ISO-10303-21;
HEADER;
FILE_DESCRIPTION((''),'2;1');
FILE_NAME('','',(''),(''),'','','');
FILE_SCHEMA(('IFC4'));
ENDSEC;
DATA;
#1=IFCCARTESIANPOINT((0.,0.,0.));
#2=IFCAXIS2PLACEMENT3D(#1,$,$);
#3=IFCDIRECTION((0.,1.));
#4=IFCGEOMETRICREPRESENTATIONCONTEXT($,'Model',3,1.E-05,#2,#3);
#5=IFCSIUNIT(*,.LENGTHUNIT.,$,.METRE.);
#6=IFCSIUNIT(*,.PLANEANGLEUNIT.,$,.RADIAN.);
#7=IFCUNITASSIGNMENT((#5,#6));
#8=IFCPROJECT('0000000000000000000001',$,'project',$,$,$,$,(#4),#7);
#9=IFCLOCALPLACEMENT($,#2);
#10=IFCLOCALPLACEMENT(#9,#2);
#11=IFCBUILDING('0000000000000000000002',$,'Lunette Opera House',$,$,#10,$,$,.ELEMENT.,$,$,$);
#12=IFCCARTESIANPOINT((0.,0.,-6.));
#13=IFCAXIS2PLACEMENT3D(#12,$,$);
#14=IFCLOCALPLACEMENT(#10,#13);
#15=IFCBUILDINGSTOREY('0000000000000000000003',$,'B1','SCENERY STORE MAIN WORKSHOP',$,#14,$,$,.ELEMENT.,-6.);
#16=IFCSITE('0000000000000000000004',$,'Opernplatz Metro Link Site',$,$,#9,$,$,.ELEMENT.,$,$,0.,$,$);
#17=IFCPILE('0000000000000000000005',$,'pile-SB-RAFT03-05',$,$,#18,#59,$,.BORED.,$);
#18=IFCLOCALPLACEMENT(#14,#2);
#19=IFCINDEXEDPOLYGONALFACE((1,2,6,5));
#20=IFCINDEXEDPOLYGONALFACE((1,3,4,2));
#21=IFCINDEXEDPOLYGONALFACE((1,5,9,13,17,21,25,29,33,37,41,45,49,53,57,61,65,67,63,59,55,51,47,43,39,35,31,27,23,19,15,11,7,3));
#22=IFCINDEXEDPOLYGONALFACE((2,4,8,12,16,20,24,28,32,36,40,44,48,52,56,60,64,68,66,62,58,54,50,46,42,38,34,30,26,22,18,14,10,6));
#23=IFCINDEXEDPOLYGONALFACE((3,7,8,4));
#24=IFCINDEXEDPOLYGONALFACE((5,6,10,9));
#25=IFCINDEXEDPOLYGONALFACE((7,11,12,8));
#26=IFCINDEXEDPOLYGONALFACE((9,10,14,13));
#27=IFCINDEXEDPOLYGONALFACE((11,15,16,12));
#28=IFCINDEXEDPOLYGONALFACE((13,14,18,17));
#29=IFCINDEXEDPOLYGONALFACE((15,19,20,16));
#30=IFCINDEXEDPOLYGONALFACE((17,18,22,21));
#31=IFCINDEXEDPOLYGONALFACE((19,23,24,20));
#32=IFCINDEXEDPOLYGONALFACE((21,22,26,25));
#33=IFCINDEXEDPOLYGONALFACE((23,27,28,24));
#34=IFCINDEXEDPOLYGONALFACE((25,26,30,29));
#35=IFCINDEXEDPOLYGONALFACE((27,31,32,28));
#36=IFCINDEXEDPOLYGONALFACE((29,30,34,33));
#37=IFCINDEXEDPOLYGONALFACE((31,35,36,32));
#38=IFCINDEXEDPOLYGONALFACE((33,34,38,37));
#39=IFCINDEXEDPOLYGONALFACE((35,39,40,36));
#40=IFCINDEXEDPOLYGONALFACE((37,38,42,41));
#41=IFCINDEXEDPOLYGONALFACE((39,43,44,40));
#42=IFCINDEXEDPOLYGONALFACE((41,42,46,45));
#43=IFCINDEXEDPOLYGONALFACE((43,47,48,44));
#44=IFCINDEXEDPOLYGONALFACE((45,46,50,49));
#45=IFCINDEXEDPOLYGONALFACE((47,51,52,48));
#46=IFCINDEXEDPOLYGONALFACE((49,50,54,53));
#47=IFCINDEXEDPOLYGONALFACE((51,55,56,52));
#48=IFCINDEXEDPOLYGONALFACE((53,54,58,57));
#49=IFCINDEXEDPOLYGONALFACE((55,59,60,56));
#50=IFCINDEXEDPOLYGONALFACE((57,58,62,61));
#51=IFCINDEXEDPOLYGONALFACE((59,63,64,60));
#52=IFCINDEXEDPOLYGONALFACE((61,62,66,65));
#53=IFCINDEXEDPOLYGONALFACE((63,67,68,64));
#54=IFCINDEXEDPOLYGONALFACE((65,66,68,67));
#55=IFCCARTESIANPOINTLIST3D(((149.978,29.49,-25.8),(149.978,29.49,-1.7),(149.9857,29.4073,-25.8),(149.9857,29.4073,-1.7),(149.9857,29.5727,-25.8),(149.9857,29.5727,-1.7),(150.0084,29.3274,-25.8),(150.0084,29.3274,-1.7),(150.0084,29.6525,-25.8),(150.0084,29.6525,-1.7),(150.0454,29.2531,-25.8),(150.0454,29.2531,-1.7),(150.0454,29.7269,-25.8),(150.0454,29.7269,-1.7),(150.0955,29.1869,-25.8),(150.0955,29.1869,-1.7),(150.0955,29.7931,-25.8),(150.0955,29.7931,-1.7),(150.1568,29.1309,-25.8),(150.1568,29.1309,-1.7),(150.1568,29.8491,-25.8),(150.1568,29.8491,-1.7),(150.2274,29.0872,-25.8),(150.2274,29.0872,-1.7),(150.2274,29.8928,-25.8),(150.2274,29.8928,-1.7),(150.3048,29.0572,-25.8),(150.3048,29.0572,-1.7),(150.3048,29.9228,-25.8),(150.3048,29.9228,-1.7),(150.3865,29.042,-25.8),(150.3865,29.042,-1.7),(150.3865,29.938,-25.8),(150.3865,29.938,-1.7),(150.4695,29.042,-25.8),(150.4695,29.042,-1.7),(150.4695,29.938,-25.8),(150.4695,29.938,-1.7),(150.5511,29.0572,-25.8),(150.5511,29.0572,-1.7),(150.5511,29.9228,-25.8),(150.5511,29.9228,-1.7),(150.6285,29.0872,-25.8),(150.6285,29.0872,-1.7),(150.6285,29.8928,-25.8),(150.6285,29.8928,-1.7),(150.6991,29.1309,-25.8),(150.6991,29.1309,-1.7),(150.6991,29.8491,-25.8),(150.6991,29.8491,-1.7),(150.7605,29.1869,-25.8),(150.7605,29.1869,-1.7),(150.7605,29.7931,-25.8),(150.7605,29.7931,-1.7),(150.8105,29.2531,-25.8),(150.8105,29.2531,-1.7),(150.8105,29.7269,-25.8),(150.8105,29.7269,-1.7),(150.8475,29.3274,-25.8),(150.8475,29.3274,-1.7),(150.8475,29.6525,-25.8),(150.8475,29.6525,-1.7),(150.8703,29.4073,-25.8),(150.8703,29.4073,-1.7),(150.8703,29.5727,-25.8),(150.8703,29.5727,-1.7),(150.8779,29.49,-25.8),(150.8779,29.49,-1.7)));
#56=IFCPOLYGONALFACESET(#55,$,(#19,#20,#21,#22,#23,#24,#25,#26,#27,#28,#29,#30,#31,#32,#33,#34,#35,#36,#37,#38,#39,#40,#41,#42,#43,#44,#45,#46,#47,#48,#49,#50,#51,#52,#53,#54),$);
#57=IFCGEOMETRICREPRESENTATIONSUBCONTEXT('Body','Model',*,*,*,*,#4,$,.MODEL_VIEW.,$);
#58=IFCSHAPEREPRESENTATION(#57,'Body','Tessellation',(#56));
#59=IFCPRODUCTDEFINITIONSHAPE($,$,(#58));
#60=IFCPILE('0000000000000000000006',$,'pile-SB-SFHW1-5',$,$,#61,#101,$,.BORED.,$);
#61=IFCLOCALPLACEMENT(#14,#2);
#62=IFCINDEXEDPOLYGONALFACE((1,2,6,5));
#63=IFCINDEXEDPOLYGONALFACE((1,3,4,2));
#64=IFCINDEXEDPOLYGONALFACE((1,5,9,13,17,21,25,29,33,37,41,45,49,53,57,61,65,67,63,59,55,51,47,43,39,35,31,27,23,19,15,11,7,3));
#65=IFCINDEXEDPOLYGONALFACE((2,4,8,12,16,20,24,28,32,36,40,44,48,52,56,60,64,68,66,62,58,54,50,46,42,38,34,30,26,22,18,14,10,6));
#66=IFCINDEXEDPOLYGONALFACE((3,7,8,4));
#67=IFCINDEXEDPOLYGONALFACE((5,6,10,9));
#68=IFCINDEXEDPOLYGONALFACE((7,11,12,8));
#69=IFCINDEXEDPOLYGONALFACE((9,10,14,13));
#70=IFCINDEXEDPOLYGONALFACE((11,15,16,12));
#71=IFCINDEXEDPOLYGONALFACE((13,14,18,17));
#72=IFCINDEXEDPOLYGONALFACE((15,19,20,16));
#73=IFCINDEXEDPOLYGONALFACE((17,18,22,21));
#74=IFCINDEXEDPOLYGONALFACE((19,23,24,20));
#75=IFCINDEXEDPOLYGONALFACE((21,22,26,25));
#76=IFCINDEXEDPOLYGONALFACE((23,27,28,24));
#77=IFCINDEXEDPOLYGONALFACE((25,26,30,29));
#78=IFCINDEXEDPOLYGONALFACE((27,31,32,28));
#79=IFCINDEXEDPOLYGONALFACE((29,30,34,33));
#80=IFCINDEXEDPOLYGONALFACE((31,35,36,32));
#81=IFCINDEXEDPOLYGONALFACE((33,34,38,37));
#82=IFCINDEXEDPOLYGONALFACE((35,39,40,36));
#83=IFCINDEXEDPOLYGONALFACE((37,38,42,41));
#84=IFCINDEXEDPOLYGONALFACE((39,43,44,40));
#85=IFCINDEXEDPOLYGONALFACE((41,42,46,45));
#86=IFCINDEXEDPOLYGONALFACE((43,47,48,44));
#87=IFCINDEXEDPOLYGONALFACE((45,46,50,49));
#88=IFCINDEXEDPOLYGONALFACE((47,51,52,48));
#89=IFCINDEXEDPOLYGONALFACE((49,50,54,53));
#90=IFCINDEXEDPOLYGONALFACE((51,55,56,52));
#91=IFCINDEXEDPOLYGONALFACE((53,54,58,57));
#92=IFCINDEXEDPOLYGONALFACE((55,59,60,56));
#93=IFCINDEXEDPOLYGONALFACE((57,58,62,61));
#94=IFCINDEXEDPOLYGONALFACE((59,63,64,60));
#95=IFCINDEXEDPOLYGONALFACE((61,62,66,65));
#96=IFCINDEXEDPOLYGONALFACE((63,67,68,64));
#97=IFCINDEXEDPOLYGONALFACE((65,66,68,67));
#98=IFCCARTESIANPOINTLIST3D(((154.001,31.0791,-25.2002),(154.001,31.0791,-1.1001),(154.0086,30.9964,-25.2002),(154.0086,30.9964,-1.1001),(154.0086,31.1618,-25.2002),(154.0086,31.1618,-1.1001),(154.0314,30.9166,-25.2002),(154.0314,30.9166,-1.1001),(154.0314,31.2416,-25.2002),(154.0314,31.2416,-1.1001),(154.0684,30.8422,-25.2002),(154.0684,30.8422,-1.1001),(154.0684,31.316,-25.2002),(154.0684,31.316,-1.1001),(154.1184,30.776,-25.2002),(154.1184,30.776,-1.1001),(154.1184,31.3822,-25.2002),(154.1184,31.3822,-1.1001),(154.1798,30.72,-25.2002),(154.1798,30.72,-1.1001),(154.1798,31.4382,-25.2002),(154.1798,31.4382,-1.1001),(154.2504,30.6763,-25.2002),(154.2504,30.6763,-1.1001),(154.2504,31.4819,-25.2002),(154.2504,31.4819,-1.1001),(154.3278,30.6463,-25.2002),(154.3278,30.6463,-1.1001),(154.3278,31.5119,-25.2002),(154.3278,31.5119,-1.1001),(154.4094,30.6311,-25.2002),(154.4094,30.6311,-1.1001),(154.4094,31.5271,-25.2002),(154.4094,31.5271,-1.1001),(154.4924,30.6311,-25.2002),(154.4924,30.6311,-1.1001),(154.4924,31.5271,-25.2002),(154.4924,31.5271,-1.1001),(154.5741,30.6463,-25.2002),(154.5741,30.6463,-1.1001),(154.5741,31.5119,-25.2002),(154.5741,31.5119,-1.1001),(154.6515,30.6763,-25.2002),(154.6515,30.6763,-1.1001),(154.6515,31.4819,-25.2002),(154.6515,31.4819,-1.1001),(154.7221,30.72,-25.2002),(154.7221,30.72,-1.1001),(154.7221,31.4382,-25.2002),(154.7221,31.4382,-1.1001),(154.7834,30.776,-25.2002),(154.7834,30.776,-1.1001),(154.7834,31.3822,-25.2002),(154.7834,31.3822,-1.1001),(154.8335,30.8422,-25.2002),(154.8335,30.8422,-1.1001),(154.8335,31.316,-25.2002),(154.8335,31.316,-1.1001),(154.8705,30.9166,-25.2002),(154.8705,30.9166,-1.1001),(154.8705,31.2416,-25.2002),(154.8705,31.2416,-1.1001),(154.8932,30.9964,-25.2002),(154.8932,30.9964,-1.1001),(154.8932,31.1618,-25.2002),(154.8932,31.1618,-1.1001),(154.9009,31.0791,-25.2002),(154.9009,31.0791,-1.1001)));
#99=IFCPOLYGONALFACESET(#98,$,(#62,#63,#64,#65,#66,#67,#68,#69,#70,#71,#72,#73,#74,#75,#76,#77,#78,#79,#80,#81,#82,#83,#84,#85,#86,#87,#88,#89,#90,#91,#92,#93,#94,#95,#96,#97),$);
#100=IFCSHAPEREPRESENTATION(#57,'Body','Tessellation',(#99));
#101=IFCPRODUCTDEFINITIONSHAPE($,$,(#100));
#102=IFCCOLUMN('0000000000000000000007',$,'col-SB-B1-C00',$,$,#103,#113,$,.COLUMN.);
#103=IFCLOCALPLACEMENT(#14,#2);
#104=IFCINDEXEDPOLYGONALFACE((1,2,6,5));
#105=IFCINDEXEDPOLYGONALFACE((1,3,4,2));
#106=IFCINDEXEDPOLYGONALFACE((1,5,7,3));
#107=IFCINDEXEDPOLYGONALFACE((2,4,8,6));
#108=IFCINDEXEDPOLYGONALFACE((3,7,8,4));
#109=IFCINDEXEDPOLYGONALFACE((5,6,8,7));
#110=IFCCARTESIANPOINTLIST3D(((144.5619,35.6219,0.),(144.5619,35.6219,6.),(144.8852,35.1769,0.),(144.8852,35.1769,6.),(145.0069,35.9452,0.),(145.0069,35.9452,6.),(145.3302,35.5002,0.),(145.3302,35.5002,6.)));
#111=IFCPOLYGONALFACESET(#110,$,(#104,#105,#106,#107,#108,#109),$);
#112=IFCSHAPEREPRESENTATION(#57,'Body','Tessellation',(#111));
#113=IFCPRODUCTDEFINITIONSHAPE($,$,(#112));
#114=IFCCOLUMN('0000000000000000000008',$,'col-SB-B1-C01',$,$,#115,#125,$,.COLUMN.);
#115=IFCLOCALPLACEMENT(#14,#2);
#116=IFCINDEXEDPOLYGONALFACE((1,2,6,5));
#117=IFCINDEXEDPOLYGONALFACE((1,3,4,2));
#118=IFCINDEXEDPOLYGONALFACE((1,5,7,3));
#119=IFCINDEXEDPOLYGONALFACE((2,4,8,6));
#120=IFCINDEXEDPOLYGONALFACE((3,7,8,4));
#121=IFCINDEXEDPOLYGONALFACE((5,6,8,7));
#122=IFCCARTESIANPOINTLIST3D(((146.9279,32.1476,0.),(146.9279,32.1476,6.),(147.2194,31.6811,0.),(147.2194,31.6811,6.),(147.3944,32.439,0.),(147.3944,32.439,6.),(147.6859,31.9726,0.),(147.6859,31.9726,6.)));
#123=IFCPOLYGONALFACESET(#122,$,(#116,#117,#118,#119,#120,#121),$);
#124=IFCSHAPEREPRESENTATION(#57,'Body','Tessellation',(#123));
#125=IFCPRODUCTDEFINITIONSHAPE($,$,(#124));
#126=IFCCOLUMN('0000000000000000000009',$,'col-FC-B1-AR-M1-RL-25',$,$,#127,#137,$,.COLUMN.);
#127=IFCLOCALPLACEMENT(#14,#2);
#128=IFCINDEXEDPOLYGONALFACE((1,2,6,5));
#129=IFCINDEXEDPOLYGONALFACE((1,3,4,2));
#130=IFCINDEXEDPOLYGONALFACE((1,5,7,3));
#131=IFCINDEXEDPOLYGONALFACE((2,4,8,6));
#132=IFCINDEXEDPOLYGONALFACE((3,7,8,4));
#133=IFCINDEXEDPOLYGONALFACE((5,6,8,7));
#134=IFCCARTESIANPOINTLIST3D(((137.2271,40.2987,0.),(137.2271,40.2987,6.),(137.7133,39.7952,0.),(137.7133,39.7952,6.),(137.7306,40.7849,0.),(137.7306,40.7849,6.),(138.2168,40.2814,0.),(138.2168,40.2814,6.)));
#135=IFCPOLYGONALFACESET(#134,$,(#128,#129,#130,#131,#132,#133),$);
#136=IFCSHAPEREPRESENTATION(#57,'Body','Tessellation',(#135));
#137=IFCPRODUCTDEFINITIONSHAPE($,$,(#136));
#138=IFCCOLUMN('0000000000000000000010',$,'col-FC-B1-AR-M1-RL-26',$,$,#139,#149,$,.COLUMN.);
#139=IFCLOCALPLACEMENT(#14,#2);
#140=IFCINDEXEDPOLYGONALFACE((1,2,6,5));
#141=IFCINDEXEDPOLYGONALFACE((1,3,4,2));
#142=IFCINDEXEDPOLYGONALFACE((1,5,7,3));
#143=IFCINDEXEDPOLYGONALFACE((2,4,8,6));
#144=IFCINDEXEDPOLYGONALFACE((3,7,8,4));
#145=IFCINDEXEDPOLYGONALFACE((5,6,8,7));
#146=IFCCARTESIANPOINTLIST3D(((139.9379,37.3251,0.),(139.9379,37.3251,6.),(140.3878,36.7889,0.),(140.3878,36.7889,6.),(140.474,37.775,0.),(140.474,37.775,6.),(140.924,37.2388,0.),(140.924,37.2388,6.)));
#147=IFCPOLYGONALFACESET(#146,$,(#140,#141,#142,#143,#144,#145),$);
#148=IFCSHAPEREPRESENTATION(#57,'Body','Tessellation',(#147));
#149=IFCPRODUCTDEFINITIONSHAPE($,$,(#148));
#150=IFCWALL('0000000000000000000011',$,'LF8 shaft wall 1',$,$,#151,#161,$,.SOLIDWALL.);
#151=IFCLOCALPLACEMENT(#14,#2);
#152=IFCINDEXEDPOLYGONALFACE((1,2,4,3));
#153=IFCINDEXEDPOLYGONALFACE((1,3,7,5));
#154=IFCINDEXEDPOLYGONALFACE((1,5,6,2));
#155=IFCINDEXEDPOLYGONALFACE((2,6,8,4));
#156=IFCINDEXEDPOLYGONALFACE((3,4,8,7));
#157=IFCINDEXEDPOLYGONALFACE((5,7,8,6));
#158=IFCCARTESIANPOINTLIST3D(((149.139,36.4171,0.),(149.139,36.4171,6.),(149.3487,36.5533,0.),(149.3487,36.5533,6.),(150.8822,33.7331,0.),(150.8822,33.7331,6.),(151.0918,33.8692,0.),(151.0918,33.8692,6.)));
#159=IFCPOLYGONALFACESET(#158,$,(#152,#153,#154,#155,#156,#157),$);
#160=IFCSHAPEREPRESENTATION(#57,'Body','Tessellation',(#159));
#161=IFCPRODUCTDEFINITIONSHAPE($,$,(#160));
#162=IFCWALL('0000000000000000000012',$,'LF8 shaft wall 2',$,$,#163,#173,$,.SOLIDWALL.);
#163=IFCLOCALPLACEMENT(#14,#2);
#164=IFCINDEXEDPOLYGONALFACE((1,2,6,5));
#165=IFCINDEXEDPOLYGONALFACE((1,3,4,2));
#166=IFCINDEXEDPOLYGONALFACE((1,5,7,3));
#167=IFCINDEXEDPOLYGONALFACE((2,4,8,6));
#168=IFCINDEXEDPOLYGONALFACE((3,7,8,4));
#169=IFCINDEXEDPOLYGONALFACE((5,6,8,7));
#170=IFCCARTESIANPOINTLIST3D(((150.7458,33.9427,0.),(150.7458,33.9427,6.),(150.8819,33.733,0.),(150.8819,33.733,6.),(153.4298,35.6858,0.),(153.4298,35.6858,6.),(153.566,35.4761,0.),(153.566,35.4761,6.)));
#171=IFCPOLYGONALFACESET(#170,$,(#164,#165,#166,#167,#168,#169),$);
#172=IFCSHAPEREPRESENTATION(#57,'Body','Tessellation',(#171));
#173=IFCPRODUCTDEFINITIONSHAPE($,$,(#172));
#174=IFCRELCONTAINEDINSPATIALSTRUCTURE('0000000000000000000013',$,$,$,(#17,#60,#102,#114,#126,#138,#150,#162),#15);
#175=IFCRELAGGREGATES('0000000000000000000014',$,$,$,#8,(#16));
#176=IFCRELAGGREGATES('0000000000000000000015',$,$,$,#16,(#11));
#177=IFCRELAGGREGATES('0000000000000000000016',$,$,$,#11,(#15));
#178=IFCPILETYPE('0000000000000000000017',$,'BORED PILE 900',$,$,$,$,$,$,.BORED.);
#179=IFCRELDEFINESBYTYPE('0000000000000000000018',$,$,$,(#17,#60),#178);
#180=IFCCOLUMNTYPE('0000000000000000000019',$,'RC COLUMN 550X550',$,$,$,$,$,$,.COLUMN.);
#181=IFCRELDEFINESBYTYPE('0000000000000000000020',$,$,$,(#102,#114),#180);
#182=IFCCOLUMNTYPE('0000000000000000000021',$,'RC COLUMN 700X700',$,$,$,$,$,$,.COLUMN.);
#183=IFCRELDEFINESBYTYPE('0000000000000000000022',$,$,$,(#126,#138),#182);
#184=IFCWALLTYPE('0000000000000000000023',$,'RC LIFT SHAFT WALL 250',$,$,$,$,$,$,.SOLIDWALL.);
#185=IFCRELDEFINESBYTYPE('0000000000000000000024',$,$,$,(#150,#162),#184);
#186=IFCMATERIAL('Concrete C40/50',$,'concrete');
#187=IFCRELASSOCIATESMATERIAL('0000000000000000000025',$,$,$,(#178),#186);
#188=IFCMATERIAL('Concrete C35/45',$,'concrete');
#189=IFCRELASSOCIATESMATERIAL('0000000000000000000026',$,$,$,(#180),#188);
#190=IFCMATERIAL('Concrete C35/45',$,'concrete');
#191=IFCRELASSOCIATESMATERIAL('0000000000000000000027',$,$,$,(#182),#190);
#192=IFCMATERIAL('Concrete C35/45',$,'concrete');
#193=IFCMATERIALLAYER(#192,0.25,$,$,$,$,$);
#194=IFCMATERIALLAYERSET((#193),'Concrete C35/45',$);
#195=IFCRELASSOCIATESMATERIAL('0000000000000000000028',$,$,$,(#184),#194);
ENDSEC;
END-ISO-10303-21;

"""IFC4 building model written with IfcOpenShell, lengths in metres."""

from ifc_helpers import new_model, si_unit, direction, frame, frame_2d, origin, origin_2d, place, context, subcontext, project, spatial, rectangle, circle, extrude, material, layer, layer_set, material_profile, profile_set, type_object, element, save


model = new_model("IFC4")

# Units and contexts
model_context = context("Model", 3, precision=1e-05, world=origin(), true_north=direction((0.0, 1.0)))
body_context = subcontext(model_context, "Body", "Model", "MODEL_VIEW")
ifc_project = project(units=[si_unit("LENGTHUNIT", "METRE"), si_unit("PLANEANGLEUNIT", "RADIAN")], contexts=[model_context])

# Site, building, storey
site_placement = place(None, origin())
site = spatial("IfcSite", under=ifc_project, at=site_placement, Name="Opernplatz Metro Link Site", CompositionType="ELEMENT", RefElevation=0.0)
building_placement = place(site_placement, origin())
building = spatial("IfcBuilding", under=site, at=building_placement, Name="Lunette Opera House", CompositionType="ELEMENT")
storey_placement = place(building_placement, frame((0.0, 0.0, -6.0)))
storey = spatial("IfcBuildingStorey", under=building, at=storey_placement, Name="B1", Description="SCENERY STORE MAIN WORKSHOP", CompositionType="ELEMENT", Elevation=-6.0)

# Piles
ifc_material_1 = material(Name="Concrete C40/50", Category="concrete")
ifc_material_profile_1 = material_profile(ifc_material_1, circle(Radius=0.45, at=origin_2d()), Name="BORED PILE 900")
ifc_profile_set_1 = profile_set([ifc_material_profile_1], Name="Concrete C40/50")
pile_type = type_object("IfcPileType", Name="BORED PILE 900", PredefinedType="BORED", material=ifc_profile_set_1)
for number, where, z_axis, x_axis, name in (
    (1, (150.428, 29.49, -1.7), (0.0, 0.0, -1.0), (1.0, 0.0, 0.0), "pile-SB-RAFT03-05"),
    (2, (154.4509, 31.0791, -1.1001), (0.0, 0.0, -1.0), (1.0, 0.0, 0.0), "pile-SB-SFHW1-5"),
):
    element("IfcPile", number, at=place(storey_placement, frame(where, z_axis=z_axis, x_axis=x_axis)), inside=storey, type_object=pile_type, Name=name, PredefinedType="BORED", context=body_context, shape_type="SweptSolid", body=[
        extrude(circle(Radius=0.45, at=origin_2d()), origin(), (0.0, 0.0, 1.0), 24.1001),
    ])

# Columns
ifc_material_2 = material(Name="Concrete C35/45", Category="concrete")
ifc_material_profile_2 = material_profile(ifc_material_2, rectangle(XDim=0.55, YDim=0.55, at=origin_2d()), Name="RC COLUMN 550X550")
ifc_profile_set_2 = profile_set([ifc_material_profile_2], Name="Concrete C35/45")
column_type_1 = type_object("IfcColumnType", Name="RC COLUMN 550X550", PredefinedType="COLUMN", material=ifc_profile_set_2)
for number, where, z_axis, x_axis, name in (
    (3, (144.946, 35.561, 0.0), (0.0, 0.0, 1.0), (0.587785, -0.809017, 0.0), "col-SB-B1-C00"),
    (4, (147.3069, 32.0601, 0.0), (0.0, 0.0, 1.0), (0.529919, -0.848048, 0.0), "col-SB-B1-C01"),
):
    element("IfcColumn", number, at=place(storey_placement, frame(where, z_axis=z_axis, x_axis=x_axis)), inside=storey, type_object=column_type_1, Name=name, PredefinedType="COLUMN", context=body_context, shape_type="SweptSolid", body=[
        extrude(rectangle(XDim=0.55, YDim=0.55, at=origin_2d()), origin(), (0.0, 0.0, 1.0), 6.0),
    ])
ifc_material_3 = material(Name="Concrete C35/45", Category="concrete")
ifc_material_profile_3 = material_profile(ifc_material_3, rectangle(XDim=0.7, YDim=0.7, at=origin_2d()), Name="RC COLUMN 700X700")
ifc_profile_set_3 = profile_set([ifc_material_profile_3], Name="Concrete C35/45")
column_type_2 = type_object("IfcColumnType", Name="RC COLUMN 700X700", PredefinedType="COLUMN", material=ifc_profile_set_3)
for number, where, z_axis, x_axis, name in (
    (5, (137.7219, 40.29, 0.0), (0.0, 0.0, 1.0), (0.694658, -0.71934, 0.0), "col-FC-B1-AR-M1-RL-25"),
    (6, (140.4309, 37.282, 0.0), (0.0, 0.0, 1.0), (0.642788, -0.766044, 0.0), "col-FC-B1-AR-M1-RL-26"),
):
    element("IfcColumn", number, at=place(storey_placement, frame(where, z_axis=z_axis, x_axis=x_axis)), inside=storey, type_object=column_type_2, Name=name, PredefinedType="COLUMN", context=body_context, shape_type="SweptSolid", body=[
        extrude(rectangle(XDim=0.7, YDim=0.7, at=origin_2d()), origin(), (0.0, 0.0, 1.0), 6.0),
    ])

# Walls
ifc_material_4 = material(Name="Concrete C35/45", Category="concrete")
ifc_layer_1 = layer(ifc_material_4, 0.25)
ifc_layer_set_1 = layer_set([ifc_layer_1], Name="Concrete C35/45")
wall_type_1 = type_object("IfcWallType", Name="RC LIFT SHAFT WALL 250", PredefinedType="SOLIDWALL", material=ifc_layer_set_1)
for number, where, z_axis, x_axis, name in (
    (7, (149.2439, 36.4851, 0.0), (0.0, 0.0, 1.0), (0.544661, -0.838656, 0.0), "LF8 shaft wall 1"),
    (8, (150.814, 33.8379, 0.0), (0.0, 0.0, 1.0), (0.838656, 0.544661, 0.0), "LF8 shaft wall 2"),
):
    element("IfcWall", number, at=place(storey_placement, frame(where, z_axis=z_axis, x_axis=x_axis)), inside=storey, type_object=wall_type_1, Name=name, PredefinedType="SOLIDWALL", context=body_context, shape_type="SweptSolid", body=[
        extrude(rectangle(XDim=3.2004, YDim=0.25, at=frame_2d((1.6001, 0.0))), origin(), (0.0, 0.0, 1.0), 6.0),
    ])

save(model, "model.ifc")
